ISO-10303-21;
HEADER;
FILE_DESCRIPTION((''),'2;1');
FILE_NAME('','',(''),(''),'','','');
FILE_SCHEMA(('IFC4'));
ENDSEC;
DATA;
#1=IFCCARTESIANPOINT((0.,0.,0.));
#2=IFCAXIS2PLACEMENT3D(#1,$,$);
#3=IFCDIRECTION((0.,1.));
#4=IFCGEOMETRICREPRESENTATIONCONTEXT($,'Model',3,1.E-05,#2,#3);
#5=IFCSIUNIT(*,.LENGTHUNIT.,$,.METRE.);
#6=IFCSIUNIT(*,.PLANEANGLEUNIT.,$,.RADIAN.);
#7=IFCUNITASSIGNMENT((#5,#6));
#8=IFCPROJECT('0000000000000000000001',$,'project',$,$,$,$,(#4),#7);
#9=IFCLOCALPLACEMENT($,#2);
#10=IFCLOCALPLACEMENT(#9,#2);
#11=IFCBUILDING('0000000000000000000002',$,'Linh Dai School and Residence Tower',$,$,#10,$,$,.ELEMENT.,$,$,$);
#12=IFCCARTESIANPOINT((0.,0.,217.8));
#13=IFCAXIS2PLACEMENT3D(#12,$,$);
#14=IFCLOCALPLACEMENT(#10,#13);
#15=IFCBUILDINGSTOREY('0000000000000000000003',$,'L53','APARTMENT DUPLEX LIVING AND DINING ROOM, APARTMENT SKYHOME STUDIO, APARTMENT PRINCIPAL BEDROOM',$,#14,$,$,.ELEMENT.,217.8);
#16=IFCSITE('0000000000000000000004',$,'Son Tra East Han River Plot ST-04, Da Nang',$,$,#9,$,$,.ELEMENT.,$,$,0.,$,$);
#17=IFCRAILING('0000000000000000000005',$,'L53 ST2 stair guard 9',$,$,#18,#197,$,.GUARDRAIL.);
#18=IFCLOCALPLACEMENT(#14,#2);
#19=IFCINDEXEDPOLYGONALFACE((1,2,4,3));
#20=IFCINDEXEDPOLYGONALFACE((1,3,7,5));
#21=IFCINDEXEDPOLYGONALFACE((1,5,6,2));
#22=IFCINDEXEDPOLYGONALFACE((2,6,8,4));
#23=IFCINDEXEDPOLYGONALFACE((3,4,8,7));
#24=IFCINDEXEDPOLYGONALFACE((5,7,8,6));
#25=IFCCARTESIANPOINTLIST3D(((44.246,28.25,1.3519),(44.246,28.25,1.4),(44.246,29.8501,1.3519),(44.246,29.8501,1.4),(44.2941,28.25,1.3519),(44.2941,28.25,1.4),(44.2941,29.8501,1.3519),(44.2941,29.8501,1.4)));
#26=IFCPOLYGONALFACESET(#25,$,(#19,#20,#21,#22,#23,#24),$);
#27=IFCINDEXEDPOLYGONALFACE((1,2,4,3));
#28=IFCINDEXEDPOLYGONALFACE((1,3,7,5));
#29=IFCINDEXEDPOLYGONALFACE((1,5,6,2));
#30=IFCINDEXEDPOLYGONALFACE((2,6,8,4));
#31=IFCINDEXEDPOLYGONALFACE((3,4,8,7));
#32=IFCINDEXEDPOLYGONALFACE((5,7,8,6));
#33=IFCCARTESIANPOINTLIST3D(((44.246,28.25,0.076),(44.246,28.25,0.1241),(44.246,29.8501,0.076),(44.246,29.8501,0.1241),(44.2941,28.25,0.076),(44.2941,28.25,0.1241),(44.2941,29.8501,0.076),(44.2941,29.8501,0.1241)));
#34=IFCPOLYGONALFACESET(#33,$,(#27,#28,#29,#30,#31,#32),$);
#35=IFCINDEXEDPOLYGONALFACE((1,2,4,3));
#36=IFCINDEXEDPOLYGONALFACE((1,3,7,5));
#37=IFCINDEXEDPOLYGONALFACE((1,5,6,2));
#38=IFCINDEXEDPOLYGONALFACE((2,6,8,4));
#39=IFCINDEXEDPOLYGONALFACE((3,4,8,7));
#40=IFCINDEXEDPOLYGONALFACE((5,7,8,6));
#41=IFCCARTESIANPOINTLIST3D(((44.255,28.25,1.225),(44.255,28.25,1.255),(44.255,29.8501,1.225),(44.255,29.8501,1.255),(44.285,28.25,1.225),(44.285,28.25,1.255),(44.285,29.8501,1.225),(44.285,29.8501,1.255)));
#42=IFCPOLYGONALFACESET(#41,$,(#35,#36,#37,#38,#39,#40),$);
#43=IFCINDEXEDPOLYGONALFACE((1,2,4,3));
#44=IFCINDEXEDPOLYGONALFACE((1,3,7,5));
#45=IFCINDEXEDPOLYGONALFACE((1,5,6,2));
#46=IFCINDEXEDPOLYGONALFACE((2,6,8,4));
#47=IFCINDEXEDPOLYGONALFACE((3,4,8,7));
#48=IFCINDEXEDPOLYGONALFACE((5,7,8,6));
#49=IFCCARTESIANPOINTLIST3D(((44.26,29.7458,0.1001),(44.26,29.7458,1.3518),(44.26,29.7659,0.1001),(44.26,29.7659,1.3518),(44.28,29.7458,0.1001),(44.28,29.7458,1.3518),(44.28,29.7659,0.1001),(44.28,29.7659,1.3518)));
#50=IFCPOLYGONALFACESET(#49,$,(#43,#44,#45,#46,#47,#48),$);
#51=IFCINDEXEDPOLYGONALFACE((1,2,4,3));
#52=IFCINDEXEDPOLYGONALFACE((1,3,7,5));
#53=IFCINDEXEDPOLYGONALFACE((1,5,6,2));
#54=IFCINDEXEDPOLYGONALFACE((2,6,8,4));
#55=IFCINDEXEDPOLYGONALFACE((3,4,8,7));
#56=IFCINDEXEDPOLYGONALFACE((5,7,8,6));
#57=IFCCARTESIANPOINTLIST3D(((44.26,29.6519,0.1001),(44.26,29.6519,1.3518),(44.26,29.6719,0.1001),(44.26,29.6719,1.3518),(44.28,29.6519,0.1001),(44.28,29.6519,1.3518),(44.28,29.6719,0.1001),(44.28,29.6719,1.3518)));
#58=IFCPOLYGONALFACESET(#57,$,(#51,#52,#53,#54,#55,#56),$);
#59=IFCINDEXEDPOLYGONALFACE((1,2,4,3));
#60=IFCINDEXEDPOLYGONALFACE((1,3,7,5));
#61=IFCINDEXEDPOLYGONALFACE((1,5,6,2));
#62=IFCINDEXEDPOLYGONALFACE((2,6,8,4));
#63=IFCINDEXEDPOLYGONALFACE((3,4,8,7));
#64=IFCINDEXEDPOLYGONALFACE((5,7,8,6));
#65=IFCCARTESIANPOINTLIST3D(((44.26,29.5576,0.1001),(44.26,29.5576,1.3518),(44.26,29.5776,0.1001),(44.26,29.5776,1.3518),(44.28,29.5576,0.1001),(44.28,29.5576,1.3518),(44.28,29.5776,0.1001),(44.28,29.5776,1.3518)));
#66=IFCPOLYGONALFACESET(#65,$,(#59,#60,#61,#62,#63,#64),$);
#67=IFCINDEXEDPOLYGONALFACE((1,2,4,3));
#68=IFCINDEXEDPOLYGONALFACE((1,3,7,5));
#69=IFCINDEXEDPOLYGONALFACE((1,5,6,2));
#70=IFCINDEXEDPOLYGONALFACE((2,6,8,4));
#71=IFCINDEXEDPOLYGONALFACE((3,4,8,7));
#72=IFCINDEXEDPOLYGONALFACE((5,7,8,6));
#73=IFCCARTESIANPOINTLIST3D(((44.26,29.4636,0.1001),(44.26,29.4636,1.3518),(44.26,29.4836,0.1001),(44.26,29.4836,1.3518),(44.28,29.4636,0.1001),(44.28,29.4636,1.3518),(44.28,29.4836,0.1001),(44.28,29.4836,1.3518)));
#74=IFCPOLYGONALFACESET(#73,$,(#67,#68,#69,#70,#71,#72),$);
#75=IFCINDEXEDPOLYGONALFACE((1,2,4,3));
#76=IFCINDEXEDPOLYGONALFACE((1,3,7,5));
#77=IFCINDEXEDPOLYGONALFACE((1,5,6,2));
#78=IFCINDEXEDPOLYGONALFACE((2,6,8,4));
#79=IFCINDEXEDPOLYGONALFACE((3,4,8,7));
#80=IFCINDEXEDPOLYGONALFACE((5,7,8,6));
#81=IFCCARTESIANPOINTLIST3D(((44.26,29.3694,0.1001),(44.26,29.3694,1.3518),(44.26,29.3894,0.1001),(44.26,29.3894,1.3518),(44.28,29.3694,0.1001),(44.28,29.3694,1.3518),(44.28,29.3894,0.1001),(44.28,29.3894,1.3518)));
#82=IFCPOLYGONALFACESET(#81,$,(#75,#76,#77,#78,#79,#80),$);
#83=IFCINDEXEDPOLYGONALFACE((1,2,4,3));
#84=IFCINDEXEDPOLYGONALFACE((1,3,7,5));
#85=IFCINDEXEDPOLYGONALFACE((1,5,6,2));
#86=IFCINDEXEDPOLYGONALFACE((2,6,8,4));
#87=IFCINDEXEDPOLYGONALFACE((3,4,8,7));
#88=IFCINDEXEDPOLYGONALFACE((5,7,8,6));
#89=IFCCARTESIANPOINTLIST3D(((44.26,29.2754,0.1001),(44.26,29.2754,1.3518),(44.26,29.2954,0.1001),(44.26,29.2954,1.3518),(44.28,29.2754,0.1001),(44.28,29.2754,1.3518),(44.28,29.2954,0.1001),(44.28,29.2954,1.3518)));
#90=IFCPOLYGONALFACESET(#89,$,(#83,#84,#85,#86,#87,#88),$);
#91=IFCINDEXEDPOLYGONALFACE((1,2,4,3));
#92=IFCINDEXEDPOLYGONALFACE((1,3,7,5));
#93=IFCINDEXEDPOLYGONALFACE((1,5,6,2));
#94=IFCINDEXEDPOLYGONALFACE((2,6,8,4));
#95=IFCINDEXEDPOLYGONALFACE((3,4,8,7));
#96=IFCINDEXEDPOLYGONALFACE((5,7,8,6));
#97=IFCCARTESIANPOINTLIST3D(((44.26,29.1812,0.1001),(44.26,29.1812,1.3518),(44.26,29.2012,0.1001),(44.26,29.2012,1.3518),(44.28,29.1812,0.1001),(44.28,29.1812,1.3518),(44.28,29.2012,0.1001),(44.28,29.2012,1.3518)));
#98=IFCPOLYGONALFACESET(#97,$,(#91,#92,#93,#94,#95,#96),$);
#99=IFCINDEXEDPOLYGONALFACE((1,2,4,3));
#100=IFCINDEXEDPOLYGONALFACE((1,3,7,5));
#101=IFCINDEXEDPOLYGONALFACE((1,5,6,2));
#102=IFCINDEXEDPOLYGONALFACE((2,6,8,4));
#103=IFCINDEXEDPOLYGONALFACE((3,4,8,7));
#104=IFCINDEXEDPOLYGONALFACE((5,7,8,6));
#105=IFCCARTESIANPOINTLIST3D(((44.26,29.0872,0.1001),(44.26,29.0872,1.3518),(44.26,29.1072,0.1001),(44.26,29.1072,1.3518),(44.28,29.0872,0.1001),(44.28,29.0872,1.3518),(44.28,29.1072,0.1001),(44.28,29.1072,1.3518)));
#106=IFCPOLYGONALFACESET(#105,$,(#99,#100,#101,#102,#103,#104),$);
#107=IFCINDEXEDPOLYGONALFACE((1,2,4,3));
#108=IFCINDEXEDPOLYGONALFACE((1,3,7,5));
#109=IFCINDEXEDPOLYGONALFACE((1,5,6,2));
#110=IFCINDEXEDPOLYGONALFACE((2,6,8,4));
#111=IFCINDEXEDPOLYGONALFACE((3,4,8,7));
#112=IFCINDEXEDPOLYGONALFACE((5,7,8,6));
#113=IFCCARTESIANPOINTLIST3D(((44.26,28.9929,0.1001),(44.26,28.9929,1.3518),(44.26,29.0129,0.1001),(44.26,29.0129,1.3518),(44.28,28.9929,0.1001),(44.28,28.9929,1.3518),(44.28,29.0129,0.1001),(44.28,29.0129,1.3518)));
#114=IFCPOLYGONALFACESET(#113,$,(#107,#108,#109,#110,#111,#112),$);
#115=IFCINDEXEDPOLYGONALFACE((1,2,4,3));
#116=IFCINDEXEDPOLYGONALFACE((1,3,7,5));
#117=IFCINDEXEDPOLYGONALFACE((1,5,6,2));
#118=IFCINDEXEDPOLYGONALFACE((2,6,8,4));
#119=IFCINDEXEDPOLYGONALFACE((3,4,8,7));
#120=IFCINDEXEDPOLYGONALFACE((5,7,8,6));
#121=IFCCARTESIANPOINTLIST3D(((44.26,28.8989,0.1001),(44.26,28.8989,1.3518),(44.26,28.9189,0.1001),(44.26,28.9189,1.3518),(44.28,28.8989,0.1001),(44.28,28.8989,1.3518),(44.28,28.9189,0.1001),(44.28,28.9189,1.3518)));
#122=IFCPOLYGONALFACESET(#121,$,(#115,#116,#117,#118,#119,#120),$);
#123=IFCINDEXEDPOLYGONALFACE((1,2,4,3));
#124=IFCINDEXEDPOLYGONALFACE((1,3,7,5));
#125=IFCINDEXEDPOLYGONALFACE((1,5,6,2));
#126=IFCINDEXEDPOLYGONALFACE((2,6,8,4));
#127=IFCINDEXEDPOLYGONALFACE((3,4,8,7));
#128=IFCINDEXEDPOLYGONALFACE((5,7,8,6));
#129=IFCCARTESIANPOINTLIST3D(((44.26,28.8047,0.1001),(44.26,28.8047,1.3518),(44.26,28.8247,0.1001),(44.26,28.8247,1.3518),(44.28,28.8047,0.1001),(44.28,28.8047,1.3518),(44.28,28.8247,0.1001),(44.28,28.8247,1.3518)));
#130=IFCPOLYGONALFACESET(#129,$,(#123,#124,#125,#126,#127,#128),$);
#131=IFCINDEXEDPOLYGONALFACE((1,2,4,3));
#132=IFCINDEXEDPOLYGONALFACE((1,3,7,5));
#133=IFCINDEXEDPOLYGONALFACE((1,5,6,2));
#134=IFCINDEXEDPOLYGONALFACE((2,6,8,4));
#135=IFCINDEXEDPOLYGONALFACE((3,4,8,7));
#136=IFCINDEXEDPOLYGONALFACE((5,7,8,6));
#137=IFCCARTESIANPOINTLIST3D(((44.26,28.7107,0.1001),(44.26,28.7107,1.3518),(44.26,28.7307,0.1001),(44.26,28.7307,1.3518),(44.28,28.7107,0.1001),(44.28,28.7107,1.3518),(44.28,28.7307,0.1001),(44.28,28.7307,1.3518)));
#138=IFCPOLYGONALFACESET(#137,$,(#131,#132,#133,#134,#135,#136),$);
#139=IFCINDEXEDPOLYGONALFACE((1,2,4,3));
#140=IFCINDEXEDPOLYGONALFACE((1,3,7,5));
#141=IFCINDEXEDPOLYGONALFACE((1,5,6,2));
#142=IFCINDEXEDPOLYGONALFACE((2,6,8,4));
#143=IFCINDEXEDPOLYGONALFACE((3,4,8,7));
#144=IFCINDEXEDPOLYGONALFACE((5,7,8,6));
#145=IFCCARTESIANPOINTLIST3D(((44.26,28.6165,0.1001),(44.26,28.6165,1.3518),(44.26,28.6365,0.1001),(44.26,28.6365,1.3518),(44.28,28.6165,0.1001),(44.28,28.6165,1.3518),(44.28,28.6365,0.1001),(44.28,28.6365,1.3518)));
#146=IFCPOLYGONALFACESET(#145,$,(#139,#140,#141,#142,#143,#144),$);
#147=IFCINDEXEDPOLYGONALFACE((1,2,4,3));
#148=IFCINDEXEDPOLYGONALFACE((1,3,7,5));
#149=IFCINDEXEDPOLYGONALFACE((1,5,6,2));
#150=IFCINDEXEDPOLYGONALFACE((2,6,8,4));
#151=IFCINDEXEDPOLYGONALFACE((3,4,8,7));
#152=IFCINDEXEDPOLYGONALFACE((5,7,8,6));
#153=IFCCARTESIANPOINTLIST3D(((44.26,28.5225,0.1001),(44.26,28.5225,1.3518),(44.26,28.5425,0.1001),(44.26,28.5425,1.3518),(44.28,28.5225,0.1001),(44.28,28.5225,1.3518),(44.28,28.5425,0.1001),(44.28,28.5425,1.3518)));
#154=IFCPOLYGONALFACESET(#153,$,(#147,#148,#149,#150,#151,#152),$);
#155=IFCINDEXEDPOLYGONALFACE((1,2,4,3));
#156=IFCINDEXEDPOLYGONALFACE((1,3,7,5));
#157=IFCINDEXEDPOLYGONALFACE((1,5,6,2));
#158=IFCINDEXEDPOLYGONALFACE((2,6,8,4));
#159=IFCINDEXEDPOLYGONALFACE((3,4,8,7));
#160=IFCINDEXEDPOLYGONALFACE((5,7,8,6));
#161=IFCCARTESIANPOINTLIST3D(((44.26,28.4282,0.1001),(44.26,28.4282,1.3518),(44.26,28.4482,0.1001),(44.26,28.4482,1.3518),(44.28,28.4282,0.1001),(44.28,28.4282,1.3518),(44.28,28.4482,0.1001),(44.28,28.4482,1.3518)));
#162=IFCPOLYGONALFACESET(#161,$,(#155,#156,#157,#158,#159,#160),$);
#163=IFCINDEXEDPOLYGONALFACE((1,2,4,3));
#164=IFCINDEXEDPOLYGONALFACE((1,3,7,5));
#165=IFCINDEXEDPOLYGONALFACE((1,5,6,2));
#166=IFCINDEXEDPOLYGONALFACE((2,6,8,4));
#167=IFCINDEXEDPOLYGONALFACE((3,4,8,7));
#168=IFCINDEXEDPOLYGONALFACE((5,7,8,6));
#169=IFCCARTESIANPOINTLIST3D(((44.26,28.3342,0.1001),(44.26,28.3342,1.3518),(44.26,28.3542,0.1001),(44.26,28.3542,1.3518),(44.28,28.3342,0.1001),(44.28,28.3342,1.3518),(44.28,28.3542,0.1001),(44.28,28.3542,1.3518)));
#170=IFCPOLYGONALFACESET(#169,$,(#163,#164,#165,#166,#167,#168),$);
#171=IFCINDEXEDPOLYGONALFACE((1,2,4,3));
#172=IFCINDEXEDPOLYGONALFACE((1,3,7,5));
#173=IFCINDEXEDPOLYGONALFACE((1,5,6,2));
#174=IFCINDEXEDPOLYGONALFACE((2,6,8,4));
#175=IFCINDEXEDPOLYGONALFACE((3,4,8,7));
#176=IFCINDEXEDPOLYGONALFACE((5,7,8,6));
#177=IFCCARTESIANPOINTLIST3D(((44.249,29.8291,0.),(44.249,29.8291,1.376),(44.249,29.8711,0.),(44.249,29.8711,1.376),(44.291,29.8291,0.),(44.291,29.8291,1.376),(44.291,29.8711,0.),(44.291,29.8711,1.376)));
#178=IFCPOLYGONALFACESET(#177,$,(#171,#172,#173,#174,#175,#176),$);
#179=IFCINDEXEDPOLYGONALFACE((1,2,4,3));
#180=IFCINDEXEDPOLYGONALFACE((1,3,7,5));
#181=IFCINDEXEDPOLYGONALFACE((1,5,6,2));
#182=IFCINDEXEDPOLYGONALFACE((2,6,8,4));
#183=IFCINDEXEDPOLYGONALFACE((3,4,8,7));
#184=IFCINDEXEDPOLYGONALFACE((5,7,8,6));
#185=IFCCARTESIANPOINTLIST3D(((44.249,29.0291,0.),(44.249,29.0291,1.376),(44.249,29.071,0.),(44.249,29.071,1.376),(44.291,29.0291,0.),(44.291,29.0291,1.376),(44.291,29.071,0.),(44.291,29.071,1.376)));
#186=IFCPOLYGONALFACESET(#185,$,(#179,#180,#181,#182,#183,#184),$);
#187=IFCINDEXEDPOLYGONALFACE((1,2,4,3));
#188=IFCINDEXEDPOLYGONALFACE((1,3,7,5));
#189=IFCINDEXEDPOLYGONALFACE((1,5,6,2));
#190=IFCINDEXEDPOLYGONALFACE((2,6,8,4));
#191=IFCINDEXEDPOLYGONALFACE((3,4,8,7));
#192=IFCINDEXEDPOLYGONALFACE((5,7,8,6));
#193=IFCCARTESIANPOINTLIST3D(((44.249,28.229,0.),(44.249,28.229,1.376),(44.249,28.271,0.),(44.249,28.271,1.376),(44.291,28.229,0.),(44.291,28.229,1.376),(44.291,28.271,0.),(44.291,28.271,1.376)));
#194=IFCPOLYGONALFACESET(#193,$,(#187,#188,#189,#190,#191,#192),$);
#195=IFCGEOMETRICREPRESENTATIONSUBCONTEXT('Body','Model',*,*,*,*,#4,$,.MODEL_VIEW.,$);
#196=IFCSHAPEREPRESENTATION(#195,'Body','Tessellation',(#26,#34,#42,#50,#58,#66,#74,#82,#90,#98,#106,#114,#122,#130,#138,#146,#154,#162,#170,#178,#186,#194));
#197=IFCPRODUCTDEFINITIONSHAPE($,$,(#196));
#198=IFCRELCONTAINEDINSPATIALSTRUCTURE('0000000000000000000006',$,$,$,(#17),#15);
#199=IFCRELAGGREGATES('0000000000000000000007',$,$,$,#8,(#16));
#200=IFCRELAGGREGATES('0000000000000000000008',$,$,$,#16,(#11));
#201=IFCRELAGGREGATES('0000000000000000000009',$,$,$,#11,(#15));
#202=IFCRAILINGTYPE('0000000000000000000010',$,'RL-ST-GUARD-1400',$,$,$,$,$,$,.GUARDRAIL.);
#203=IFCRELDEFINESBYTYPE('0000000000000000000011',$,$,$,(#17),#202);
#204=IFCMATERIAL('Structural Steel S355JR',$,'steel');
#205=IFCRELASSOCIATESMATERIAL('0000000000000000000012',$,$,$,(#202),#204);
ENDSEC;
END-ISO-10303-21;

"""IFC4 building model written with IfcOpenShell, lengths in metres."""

from ifc_helpers import new_model, si_unit, direction, frame, origin, origin_2d, place, context, subcontext, project, spatial, rectangle, extrude, source, transform, mapped, material, type_object, element, save


model = new_model("IFC4")

# Units and contexts
model_context = context("Model", 3, precision=1e-05, world=origin(), true_north=direction((0.0, 1.0)))
body_context = subcontext(model_context, "Body", "Model", "MODEL_VIEW")
ifc_project = project(units=[si_unit("LENGTHUNIT", "METRE"), si_unit("PLANEANGLEUNIT", "RADIAN")], contexts=[model_context])

# Site, building, storey
site_placement = place(None, origin())
site = spatial("IfcSite", under=ifc_project, at=site_placement, Name="Son Tra East Han River Plot ST-04, Da Nang", CompositionType="ELEMENT", RefElevation=0.0)
building_placement = place(site_placement, origin())
building = spatial("IfcBuilding", under=site, at=building_placement, Name="Linh Dai School and Residence Tower", CompositionType="ELEMENT")
storey_placement = place(building_placement, frame((0.0, 0.0, 217.8)))
storey = spatial("IfcBuildingStorey", under=building, at=storey_placement, Name="L53", Description="APARTMENT DUPLEX LIVING AND DINING ROOM, APARTMENT SKYHOME STUDIO, APARTMENT PRINCIPAL BEDROOM", CompositionType="ELEMENT", Elevation=217.8)

# Shared definitions
ifc_material_1 = material(Name="Structural Steel S355JR", Category="steel")

# Railing
railing_type_1 = type_object("IfcRailingType", Name="RL-ST-GUARD-1400", PredefinedType="GUARDRAIL", material=ifc_material_1)
shared_shape_1 = source(origin(), body_context, "Body", "SweptSolid", [
    extrude(rectangle(XDim=0.0481, YDim=0.0481, at=origin_2d()), frame((0.0, 0.0, 1.376), z_axis=(0.0, -1.0, 0.0), x_axis=(1.0, 0.0, 0.0)), (0.0, 0.0, 1.0), 1.6001),
    extrude(rectangle(XDim=0.0481, YDim=0.0481, at=origin_2d()), frame((0.0, 0.0, 0.1001), z_axis=(0.0, -1.0, 0.0), x_axis=(1.0, 0.0, 0.0)), (0.0, 0.0, 1.0), 1.6001),
    extrude(rectangle(XDim=0.03, YDim=0.03, at=origin_2d()), frame((0.0, 0.0, 1.24), z_axis=(0.0, -1.0, 0.0), x_axis=(1.0, 0.0, 0.0)), (0.0, 0.0, 1.0), 1.6001),
    extrude(rectangle(XDim=0.02, YDim=0.02, at=origin_2d()), frame((0.0, -0.0942, 0.1001)), (0.0, 0.0, 1.0), 1.2517),
    extrude(rectangle(XDim=0.02, YDim=0.02, at=origin_2d()), frame((0.0, -0.1882, 0.1001)), (0.0, 0.0, 1.0), 1.2517),
    extrude(rectangle(XDim=0.02, YDim=0.02, at=origin_2d()), frame((0.0, -0.2825, 0.1001)), (0.0, 0.0, 1.0), 1.2517),
    extrude(rectangle(XDim=0.02, YDim=0.02, at=origin_2d()), frame((0.0, -0.3765, 0.1001)), (0.0, 0.0, 1.0), 1.2517),
    extrude(rectangle(XDim=0.02, YDim=0.02, at=origin_2d()), frame((0.0, -0.4707, 0.1001)), (0.0, 0.0, 1.0), 1.2517),
    extrude(rectangle(XDim=0.02, YDim=0.02, at=origin_2d()), frame((0.0, -0.5647, 0.1001)), (0.0, 0.0, 1.0), 1.2517),
    extrude(rectangle(XDim=0.02, YDim=0.02, at=origin_2d()), frame((0.0, -0.6589, 0.1001)), (0.0, 0.0, 1.0), 1.2517),
    extrude(rectangle(XDim=0.02, YDim=0.02, at=origin_2d()), frame((0.0, -0.7529, 0.1001)), (0.0, 0.0, 1.0), 1.2517),
    extrude(rectangle(XDim=0.02, YDim=0.02, at=origin_2d()), frame((0.0, -0.8472, 0.1001)), (0.0, 0.0, 1.0), 1.2517),
    extrude(rectangle(XDim=0.02, YDim=0.02, at=origin_2d()), frame((0.0, -0.9412, 0.1001)), (0.0, 0.0, 1.0), 1.2517),
    extrude(rectangle(XDim=0.02, YDim=0.02, at=origin_2d()), frame((0.0, -1.0354, 0.1001)), (0.0, 0.0, 1.0), 1.2517),
    extrude(rectangle(XDim=0.02, YDim=0.02, at=origin_2d()), frame((0.0, -1.1294, 0.1001)), (0.0, 0.0, 1.0), 1.2517),
    extrude(rectangle(XDim=0.02, YDim=0.02, at=origin_2d()), frame((0.0, -1.2236, 0.1001)), (0.0, 0.0, 1.0), 1.2517),
    extrude(rectangle(XDim=0.02, YDim=0.02, at=origin_2d()), frame((0.0, -1.3176, 0.1001)), (0.0, 0.0, 1.0), 1.2517),
    extrude(rectangle(XDim=0.02, YDim=0.02, at=origin_2d()), frame((0.0, -1.4119, 0.1001)), (0.0, 0.0, 1.0), 1.2517),
    extrude(rectangle(XDim=0.02, YDim=0.02, at=origin_2d()), frame((0.0, -1.5059, 0.1001)), (0.0, 0.0, 1.0), 1.2517),
    extrude(rectangle(XDim=0.042, YDim=0.042, at=origin_2d()), origin(), (0.0, 0.0, 1.0), 1.376),
    extrude(rectangle(XDim=0.042, YDim=0.042, at=origin_2d()), frame((0.0, -0.8, 0.0)), (0.0, 0.0, 1.0), 1.376),
    extrude(rectangle(XDim=0.042, YDim=0.042, at=origin_2d()), frame((0.0, -1.6001, 0.0)), (0.0, 0.0, 1.0), 1.376),
])
for number, where, name in (
    (1, (44.27, 29.8501, 0.0), "L53 ST2 stair guard 9"),
):
    element("IfcRailing", number, at=place(storey_placement, frame(where)), inside=storey, type_object=railing_type_1, Name=name, PredefinedType="GUARDRAIL", context=body_context, shape_type="MappedRepresentation", body=[
        mapped(shared_shape_1, transform((0.0, 0.0, 0.0), x_axis=(1.0, 0.0, 0.0), y_axis=(0.0, 1.0, 0.0), z_axis=(0.0, 0.0, 1.0), scale=1.0)),
    ])

save(model, "model.ifc")
